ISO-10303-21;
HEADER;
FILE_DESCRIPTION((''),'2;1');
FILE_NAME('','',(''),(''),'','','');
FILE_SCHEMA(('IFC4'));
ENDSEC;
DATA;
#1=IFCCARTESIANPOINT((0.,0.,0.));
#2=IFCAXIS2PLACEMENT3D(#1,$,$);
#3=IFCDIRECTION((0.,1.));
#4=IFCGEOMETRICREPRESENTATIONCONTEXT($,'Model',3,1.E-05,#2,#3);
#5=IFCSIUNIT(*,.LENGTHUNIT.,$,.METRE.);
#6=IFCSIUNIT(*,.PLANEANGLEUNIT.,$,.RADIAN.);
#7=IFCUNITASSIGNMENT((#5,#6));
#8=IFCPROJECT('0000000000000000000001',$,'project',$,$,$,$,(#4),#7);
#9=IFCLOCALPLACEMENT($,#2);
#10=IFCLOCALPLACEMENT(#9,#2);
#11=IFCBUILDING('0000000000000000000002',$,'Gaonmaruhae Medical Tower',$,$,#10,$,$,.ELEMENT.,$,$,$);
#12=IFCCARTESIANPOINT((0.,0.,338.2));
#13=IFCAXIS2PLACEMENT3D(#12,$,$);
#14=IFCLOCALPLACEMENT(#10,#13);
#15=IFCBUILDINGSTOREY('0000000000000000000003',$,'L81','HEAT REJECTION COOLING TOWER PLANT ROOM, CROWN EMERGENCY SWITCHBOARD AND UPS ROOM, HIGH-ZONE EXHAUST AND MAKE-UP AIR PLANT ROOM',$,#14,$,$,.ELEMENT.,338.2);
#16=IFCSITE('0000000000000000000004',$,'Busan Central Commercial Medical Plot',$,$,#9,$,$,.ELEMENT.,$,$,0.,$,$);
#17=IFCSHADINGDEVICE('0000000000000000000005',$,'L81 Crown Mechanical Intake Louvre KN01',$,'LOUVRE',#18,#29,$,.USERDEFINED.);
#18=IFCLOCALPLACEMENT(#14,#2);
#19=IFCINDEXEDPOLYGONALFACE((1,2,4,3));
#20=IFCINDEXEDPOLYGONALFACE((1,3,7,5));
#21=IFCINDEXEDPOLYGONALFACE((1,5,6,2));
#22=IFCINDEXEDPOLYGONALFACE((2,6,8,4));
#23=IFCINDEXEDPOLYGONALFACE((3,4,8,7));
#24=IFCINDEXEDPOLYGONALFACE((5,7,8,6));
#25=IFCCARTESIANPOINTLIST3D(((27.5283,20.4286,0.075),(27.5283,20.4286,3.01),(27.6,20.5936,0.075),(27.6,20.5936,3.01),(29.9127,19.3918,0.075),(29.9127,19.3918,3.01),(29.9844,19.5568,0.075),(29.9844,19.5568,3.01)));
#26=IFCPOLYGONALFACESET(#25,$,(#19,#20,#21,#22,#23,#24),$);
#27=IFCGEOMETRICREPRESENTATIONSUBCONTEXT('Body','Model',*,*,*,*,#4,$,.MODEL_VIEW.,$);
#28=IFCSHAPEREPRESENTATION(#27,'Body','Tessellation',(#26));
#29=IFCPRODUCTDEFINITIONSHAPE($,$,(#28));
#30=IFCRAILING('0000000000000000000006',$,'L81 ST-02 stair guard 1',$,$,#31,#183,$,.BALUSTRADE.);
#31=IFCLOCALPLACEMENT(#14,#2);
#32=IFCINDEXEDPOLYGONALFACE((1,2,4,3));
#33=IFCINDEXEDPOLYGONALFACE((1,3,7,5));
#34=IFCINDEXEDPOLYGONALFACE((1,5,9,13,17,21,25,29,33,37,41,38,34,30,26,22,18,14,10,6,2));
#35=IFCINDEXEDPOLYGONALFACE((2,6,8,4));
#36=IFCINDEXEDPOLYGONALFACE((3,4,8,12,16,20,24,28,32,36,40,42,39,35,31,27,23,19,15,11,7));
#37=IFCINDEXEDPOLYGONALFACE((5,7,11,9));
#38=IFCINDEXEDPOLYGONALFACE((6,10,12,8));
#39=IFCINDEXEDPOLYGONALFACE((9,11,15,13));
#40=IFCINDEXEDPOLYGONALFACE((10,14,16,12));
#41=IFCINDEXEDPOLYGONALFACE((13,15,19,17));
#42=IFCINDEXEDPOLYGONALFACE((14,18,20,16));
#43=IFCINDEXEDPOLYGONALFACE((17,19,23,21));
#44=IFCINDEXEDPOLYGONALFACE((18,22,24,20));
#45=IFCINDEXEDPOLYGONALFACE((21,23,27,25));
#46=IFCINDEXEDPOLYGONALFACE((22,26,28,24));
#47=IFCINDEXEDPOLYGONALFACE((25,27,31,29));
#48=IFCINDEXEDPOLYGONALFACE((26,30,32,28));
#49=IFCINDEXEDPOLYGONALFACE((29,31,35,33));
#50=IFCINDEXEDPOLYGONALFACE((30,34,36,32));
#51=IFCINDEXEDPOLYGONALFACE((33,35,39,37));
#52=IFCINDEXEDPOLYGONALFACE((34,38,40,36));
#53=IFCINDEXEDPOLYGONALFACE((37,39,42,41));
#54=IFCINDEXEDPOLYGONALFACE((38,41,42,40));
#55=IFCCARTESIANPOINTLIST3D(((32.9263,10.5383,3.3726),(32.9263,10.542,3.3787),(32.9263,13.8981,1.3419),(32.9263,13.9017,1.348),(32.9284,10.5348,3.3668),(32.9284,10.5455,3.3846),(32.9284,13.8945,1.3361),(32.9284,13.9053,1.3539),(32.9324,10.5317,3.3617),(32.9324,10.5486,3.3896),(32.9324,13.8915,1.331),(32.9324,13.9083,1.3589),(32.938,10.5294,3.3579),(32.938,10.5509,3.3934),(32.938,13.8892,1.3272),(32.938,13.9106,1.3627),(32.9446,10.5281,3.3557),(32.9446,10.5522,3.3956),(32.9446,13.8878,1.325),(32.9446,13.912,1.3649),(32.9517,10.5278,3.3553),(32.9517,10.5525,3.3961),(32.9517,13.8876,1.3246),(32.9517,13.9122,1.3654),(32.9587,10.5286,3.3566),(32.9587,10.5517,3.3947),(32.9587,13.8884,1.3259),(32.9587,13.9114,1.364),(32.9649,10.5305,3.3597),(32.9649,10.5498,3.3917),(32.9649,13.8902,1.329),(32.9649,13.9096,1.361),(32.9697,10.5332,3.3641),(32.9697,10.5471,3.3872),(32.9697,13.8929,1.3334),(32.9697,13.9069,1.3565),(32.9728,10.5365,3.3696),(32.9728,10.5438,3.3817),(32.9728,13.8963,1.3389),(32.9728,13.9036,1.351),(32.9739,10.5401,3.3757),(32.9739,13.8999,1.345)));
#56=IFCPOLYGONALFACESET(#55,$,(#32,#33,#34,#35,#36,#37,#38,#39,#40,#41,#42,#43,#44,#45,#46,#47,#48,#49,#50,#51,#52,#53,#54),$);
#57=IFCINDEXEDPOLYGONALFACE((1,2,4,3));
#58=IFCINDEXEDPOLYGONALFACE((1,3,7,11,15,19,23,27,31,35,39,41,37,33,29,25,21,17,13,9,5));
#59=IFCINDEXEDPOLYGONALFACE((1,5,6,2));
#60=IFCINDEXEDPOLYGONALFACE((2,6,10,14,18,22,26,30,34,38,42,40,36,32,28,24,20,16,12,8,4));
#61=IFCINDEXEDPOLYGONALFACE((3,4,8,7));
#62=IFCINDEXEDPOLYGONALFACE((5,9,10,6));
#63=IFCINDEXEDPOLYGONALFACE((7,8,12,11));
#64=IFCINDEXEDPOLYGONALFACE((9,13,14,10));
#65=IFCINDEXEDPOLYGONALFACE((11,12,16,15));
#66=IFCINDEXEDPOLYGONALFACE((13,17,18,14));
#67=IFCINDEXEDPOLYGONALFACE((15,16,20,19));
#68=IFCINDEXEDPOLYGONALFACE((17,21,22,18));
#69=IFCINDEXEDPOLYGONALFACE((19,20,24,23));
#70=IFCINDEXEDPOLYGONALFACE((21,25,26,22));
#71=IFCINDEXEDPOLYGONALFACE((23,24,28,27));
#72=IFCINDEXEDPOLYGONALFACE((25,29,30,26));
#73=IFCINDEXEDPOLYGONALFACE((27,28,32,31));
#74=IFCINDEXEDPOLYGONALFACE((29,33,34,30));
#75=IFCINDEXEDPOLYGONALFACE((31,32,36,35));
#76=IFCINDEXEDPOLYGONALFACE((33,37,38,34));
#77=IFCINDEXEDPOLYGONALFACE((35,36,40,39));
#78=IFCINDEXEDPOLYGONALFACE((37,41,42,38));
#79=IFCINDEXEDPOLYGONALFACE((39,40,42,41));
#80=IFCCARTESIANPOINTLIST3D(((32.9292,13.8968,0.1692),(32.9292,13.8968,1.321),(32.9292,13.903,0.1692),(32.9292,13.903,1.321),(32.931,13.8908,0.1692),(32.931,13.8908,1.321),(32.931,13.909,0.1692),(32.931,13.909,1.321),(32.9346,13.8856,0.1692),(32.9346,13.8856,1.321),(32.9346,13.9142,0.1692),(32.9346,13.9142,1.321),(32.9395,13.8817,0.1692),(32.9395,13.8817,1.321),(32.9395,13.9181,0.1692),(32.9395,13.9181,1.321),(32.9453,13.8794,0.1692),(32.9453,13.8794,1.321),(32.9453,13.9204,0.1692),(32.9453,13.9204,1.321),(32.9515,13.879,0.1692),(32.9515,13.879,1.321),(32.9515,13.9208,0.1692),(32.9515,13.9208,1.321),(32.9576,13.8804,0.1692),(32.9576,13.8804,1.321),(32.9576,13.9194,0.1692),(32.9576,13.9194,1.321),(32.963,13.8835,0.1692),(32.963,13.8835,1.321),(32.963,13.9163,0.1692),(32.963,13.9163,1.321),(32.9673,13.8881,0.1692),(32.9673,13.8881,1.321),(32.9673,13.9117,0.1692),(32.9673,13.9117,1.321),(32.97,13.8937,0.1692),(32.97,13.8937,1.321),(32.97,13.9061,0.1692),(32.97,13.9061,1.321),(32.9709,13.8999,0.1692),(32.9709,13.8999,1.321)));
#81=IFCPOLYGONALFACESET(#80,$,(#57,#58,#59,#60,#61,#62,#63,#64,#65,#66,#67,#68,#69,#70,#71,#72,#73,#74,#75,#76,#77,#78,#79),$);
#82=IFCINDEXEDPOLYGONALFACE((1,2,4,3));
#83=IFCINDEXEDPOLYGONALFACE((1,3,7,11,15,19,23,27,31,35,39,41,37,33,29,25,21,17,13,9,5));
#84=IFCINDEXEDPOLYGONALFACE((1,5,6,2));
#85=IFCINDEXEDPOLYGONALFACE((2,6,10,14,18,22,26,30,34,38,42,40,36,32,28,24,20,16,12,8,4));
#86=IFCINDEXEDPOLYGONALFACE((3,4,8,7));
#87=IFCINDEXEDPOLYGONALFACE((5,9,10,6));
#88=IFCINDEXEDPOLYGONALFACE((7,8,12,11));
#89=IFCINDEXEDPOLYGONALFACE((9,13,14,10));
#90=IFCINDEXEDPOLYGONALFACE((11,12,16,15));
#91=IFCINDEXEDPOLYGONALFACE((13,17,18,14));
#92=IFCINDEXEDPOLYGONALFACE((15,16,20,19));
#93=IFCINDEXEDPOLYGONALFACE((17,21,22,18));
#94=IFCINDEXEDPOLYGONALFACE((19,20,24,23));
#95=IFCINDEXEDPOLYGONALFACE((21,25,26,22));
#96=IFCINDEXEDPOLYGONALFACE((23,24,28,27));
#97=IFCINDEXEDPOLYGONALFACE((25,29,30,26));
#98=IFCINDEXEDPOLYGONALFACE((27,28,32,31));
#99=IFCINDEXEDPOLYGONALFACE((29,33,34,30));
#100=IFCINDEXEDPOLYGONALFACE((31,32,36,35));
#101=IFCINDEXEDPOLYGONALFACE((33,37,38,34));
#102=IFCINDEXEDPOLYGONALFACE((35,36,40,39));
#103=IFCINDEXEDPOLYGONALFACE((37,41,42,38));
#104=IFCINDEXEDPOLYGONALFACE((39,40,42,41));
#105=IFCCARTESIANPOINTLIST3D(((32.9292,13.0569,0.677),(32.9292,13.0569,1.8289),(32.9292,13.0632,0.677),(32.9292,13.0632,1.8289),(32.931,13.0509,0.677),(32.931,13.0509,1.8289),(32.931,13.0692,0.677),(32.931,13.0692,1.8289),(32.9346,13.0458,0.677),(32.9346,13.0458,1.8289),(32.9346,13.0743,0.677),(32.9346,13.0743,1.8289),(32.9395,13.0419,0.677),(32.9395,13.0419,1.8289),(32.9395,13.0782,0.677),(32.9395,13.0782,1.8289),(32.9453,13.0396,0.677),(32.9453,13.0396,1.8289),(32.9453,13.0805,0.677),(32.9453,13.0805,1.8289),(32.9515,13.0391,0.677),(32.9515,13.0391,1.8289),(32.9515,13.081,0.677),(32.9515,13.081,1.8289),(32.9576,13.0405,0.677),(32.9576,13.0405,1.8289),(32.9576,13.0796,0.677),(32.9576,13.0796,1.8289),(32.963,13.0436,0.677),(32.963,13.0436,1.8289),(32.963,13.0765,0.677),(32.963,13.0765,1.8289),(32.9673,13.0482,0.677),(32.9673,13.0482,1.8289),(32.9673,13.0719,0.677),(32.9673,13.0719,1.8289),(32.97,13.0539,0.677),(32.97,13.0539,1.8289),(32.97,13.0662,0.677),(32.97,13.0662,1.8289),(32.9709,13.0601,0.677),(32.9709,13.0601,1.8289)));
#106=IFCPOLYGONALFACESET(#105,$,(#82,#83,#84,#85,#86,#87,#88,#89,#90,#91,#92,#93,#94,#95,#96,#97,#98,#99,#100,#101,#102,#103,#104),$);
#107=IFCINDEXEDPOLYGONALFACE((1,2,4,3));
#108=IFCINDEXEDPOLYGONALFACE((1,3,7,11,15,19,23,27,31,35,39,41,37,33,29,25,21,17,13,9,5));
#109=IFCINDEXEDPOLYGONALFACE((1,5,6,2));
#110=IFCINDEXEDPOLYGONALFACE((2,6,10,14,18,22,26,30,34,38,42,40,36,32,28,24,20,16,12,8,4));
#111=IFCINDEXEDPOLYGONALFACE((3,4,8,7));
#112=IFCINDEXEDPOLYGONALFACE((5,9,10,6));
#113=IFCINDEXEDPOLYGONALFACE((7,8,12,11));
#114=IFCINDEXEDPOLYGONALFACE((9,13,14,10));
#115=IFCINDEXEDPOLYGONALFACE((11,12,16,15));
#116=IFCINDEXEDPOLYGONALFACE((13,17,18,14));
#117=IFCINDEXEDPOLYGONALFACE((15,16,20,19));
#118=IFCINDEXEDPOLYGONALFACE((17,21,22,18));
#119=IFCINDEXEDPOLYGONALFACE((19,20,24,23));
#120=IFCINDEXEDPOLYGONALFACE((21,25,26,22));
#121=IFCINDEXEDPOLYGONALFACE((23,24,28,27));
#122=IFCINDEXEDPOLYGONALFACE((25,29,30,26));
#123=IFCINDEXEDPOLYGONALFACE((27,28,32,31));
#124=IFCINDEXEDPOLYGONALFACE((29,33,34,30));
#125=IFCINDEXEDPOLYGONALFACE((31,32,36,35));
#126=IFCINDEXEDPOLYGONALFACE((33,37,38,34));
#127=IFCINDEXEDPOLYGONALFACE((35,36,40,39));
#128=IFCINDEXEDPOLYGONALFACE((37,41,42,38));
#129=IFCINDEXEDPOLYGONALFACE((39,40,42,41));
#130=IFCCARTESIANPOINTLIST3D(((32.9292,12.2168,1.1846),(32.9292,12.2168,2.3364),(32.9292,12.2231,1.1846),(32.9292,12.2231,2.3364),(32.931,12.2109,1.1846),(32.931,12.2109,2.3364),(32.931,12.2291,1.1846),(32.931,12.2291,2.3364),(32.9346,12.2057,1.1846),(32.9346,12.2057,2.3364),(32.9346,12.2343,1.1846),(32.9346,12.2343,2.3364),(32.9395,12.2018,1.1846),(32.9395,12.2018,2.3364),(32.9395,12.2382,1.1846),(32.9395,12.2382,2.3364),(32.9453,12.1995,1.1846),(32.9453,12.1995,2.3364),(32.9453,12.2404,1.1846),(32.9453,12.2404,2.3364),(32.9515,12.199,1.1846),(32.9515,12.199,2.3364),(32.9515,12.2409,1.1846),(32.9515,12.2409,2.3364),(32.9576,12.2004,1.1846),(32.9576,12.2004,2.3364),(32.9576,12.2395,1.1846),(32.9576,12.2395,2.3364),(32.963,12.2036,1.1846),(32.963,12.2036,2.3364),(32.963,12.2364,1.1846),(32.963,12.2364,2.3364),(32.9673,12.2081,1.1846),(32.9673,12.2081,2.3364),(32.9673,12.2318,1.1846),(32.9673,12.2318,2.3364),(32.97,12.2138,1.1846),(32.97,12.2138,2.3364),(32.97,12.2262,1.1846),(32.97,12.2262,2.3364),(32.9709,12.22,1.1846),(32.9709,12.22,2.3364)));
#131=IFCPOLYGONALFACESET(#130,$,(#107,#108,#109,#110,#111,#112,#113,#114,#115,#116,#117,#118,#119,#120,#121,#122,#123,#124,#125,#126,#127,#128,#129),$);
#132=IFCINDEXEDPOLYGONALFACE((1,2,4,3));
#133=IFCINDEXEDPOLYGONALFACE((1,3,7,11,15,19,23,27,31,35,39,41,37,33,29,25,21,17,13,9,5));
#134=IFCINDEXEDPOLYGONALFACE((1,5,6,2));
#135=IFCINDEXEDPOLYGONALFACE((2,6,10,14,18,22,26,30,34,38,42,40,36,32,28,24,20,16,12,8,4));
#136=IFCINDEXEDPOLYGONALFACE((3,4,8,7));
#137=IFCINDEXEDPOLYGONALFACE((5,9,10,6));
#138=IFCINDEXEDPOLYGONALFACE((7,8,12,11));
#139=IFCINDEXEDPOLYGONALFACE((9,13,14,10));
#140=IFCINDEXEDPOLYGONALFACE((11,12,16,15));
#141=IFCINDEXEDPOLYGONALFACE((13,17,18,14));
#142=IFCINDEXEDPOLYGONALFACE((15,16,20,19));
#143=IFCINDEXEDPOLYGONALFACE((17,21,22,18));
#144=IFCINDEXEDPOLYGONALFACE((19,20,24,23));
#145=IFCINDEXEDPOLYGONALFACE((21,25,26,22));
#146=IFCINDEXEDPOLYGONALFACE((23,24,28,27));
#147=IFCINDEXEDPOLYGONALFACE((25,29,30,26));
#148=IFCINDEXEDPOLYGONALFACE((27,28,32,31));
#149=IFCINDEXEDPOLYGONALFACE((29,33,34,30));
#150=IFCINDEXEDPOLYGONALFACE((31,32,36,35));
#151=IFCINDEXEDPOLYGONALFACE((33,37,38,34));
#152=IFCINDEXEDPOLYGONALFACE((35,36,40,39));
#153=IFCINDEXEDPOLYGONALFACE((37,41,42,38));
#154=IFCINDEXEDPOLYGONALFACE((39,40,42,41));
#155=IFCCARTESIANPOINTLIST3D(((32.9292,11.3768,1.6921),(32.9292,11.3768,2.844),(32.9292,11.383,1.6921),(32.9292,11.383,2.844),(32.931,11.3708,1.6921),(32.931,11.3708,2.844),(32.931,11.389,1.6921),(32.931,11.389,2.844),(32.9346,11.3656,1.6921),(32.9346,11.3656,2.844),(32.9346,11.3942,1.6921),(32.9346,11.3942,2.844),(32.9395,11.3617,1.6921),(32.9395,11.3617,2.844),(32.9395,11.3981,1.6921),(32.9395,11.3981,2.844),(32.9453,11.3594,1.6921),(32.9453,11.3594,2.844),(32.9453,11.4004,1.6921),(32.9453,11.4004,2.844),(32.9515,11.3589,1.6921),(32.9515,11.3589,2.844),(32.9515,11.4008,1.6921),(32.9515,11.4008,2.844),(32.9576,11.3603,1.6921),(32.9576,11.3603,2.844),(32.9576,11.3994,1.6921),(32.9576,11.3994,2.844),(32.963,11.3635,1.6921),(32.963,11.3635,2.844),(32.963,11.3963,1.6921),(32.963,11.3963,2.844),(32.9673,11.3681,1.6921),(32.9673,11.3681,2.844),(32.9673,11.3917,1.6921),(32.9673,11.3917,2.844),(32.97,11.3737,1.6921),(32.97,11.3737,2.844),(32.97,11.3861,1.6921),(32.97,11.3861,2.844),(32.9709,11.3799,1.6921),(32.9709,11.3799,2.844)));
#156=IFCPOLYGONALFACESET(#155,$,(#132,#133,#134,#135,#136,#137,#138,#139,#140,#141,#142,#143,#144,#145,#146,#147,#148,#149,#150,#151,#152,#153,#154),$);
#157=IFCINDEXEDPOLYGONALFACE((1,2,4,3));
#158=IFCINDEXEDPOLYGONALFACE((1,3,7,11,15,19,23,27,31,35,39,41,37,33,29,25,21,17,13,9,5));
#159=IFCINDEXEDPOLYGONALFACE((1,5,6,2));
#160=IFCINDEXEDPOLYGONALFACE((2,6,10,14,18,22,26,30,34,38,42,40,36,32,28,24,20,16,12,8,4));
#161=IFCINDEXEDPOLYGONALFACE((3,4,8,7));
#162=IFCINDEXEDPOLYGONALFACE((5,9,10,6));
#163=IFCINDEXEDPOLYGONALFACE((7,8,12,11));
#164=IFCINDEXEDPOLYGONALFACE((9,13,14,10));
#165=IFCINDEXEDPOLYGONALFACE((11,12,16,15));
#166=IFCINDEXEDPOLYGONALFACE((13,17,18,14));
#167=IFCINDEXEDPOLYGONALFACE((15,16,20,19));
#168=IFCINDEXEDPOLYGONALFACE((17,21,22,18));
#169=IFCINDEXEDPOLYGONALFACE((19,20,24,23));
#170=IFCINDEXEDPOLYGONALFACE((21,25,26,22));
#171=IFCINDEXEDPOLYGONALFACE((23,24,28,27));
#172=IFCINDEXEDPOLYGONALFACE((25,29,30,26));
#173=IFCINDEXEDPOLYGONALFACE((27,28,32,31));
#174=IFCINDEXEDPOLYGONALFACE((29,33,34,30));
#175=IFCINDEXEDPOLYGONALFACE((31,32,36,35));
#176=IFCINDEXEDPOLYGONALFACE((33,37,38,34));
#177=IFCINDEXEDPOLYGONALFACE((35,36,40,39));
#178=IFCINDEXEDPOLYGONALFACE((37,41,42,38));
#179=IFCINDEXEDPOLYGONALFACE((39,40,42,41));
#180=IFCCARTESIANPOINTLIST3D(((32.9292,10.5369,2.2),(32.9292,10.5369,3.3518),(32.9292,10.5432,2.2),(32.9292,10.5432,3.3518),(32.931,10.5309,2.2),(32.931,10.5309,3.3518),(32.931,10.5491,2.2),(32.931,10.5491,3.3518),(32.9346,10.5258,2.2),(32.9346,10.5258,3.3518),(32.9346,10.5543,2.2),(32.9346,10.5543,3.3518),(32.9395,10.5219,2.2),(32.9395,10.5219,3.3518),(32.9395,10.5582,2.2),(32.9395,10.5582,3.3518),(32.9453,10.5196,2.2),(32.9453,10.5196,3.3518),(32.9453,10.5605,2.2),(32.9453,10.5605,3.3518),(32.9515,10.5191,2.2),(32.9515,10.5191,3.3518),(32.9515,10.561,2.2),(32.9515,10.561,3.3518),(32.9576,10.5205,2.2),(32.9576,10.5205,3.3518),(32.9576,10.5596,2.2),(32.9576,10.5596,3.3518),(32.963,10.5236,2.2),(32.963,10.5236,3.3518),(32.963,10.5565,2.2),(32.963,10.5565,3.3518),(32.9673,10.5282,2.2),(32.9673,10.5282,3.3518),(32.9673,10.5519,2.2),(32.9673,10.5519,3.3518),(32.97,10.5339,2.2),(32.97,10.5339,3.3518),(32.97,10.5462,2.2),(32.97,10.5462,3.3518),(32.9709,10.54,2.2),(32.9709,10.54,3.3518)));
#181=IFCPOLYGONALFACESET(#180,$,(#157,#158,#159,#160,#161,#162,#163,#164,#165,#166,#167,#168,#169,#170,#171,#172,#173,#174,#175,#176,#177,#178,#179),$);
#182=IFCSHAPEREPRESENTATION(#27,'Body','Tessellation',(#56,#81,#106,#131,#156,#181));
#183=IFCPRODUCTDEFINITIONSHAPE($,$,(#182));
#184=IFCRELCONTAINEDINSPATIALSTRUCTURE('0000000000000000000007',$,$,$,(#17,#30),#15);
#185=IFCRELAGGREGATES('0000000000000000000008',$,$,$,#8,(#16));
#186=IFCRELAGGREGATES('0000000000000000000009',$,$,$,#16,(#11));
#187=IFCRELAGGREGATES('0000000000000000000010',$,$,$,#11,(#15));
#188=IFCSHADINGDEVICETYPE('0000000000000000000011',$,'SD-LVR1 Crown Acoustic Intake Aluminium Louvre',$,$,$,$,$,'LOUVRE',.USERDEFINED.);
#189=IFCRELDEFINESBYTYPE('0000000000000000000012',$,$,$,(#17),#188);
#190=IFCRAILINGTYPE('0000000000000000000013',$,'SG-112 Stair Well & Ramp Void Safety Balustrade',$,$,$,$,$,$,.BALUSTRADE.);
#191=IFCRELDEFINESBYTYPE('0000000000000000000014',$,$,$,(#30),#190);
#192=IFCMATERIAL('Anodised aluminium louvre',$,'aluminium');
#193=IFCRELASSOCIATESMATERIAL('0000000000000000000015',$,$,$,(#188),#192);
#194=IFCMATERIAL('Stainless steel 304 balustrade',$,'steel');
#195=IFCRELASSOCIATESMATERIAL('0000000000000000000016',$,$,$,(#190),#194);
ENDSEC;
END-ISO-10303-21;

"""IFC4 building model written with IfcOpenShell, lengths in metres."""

from ifc_helpers import new_model, si_unit, direction, frame, origin, origin_2d, place, context, subcontext, project, spatial, rectangle, circle, extrude, material, type_object, element, save


model = new_model("IFC4")

# Units and contexts
model_context = context("Model", 3, precision=1e-05, world=origin(), true_north=direction((0.0, 1.0)))
body_context = subcontext(model_context, "Body", "Model", "MODEL_VIEW")
ifc_project = project(units=[si_unit("LENGTHUNIT", "METRE"), si_unit("PLANEANGLEUNIT", "RADIAN")], contexts=[model_context])

# Site, building, storey
site_placement = place(None, origin())
site = spatial("IfcSite", under=ifc_project, at=site_placement, Name="Busan Central Commercial Medical Plot", CompositionType="ELEMENT", RefElevation=0.0)
building_placement = place(site_placement, origin())
building = spatial("IfcBuilding", under=site, at=building_placement, Name="Gaonmaruhae Medical Tower", CompositionType="ELEMENT")
storey_placement = place(building_placement, frame((0.0, 0.0, 338.2)))
storey = spatial("IfcBuildingStorey", under=building, at=storey_placement, Name="L81", Description="HEAT REJECTION COOLING TOWER PLANT ROOM, CROWN EMERGENCY SWITCHBOARD AND UPS ROOM, HIGH-ZONE EXHAUST AND MAKE-UP AIR PLANT ROOM", CompositionType="ELEMENT", Elevation=338.2)

# Shading device
ifc_material_1 = material(Name="Anodised aluminium louvre", Category="aluminium")
shading_device_type = type_object("IfcShadingDeviceType", Name="SD-LVR1 Crown Acoustic Intake Aluminium Louvre", ElementType="LOUVRE", PredefinedType="USERDEFINED", material=ifc_material_1)
shading_device_placement = place(storey_placement, frame((28.7563, 19.9927, 0.075), z_axis=(0.0, 0.0, 1.0), x_axis=(0.917053, -0.398765, 0.0)))
element("IfcShadingDevice", 1, at=shading_device_placement, inside=storey, type_object=shading_device_type, Name="L81 Crown Mechanical Intake Louvre KN01", ObjectType="LOUVRE", PredefinedType="USERDEFINED", context=body_context, shape_type="SweptSolid", body=[
    extrude(rectangle(XDim=2.6001, YDim=0.1799, at=origin_2d()), origin(), (0.0, 0.0, 1.0), 2.9351),
])

# Railing
ifc_material_2 = material(Name="Stainless steel 304 balustrade", Category="steel")
railing_type_1 = type_object("IfcRailingType", Name="SG-112 Stair Well & Ramp Void Safety Balustrade", PredefinedType="BALUSTRADE", material=ifc_material_2)
railing_1_placement = place(storey_placement, frame((32.95, 13.8999, 0.1692)))
element("IfcRailing", 2, at=railing_1_placement, inside=storey, type_object=railing_type_1, Name="L81 ST-02 stair guard 1", PredefinedType="BALUSTRADE", context=body_context, shape_type="SweptSolid", body=[
    extrude(circle(Radius=0.0239, at=origin_2d()), frame((0.0, 0.0, 1.1758), z_axis=(0.0, -0.85582, 0.517273), x_axis=(1.0, 0.0, 0.0)), (0.0, 0.0, 1.0), 3.9258),
    extrude(circle(Radius=0.021, at=origin_2d()), origin(), (0.0, 0.0, 1.0), 1.1519),
    extrude(circle(Radius=0.021, at=origin_2d()), frame((0.0, -0.8398, 0.5078)), (0.0, 0.0, 1.0), 1.1519),
    extrude(circle(Radius=0.021, at=origin_2d()), frame((0.0, -1.6799, 1.0154)), (0.0, 0.0, 1.0), 1.1519),
    extrude(circle(Radius=0.021, at=origin_2d()), frame((0.0, -2.52, 1.5229)), (0.0, 0.0, 1.0), 1.1519),
    extrude(circle(Radius=0.021, at=origin_2d()), frame((0.0, -3.3599, 2.0308)), (0.0, 0.0, 1.0), 1.1519),
])

save(model, "model.ifc")
